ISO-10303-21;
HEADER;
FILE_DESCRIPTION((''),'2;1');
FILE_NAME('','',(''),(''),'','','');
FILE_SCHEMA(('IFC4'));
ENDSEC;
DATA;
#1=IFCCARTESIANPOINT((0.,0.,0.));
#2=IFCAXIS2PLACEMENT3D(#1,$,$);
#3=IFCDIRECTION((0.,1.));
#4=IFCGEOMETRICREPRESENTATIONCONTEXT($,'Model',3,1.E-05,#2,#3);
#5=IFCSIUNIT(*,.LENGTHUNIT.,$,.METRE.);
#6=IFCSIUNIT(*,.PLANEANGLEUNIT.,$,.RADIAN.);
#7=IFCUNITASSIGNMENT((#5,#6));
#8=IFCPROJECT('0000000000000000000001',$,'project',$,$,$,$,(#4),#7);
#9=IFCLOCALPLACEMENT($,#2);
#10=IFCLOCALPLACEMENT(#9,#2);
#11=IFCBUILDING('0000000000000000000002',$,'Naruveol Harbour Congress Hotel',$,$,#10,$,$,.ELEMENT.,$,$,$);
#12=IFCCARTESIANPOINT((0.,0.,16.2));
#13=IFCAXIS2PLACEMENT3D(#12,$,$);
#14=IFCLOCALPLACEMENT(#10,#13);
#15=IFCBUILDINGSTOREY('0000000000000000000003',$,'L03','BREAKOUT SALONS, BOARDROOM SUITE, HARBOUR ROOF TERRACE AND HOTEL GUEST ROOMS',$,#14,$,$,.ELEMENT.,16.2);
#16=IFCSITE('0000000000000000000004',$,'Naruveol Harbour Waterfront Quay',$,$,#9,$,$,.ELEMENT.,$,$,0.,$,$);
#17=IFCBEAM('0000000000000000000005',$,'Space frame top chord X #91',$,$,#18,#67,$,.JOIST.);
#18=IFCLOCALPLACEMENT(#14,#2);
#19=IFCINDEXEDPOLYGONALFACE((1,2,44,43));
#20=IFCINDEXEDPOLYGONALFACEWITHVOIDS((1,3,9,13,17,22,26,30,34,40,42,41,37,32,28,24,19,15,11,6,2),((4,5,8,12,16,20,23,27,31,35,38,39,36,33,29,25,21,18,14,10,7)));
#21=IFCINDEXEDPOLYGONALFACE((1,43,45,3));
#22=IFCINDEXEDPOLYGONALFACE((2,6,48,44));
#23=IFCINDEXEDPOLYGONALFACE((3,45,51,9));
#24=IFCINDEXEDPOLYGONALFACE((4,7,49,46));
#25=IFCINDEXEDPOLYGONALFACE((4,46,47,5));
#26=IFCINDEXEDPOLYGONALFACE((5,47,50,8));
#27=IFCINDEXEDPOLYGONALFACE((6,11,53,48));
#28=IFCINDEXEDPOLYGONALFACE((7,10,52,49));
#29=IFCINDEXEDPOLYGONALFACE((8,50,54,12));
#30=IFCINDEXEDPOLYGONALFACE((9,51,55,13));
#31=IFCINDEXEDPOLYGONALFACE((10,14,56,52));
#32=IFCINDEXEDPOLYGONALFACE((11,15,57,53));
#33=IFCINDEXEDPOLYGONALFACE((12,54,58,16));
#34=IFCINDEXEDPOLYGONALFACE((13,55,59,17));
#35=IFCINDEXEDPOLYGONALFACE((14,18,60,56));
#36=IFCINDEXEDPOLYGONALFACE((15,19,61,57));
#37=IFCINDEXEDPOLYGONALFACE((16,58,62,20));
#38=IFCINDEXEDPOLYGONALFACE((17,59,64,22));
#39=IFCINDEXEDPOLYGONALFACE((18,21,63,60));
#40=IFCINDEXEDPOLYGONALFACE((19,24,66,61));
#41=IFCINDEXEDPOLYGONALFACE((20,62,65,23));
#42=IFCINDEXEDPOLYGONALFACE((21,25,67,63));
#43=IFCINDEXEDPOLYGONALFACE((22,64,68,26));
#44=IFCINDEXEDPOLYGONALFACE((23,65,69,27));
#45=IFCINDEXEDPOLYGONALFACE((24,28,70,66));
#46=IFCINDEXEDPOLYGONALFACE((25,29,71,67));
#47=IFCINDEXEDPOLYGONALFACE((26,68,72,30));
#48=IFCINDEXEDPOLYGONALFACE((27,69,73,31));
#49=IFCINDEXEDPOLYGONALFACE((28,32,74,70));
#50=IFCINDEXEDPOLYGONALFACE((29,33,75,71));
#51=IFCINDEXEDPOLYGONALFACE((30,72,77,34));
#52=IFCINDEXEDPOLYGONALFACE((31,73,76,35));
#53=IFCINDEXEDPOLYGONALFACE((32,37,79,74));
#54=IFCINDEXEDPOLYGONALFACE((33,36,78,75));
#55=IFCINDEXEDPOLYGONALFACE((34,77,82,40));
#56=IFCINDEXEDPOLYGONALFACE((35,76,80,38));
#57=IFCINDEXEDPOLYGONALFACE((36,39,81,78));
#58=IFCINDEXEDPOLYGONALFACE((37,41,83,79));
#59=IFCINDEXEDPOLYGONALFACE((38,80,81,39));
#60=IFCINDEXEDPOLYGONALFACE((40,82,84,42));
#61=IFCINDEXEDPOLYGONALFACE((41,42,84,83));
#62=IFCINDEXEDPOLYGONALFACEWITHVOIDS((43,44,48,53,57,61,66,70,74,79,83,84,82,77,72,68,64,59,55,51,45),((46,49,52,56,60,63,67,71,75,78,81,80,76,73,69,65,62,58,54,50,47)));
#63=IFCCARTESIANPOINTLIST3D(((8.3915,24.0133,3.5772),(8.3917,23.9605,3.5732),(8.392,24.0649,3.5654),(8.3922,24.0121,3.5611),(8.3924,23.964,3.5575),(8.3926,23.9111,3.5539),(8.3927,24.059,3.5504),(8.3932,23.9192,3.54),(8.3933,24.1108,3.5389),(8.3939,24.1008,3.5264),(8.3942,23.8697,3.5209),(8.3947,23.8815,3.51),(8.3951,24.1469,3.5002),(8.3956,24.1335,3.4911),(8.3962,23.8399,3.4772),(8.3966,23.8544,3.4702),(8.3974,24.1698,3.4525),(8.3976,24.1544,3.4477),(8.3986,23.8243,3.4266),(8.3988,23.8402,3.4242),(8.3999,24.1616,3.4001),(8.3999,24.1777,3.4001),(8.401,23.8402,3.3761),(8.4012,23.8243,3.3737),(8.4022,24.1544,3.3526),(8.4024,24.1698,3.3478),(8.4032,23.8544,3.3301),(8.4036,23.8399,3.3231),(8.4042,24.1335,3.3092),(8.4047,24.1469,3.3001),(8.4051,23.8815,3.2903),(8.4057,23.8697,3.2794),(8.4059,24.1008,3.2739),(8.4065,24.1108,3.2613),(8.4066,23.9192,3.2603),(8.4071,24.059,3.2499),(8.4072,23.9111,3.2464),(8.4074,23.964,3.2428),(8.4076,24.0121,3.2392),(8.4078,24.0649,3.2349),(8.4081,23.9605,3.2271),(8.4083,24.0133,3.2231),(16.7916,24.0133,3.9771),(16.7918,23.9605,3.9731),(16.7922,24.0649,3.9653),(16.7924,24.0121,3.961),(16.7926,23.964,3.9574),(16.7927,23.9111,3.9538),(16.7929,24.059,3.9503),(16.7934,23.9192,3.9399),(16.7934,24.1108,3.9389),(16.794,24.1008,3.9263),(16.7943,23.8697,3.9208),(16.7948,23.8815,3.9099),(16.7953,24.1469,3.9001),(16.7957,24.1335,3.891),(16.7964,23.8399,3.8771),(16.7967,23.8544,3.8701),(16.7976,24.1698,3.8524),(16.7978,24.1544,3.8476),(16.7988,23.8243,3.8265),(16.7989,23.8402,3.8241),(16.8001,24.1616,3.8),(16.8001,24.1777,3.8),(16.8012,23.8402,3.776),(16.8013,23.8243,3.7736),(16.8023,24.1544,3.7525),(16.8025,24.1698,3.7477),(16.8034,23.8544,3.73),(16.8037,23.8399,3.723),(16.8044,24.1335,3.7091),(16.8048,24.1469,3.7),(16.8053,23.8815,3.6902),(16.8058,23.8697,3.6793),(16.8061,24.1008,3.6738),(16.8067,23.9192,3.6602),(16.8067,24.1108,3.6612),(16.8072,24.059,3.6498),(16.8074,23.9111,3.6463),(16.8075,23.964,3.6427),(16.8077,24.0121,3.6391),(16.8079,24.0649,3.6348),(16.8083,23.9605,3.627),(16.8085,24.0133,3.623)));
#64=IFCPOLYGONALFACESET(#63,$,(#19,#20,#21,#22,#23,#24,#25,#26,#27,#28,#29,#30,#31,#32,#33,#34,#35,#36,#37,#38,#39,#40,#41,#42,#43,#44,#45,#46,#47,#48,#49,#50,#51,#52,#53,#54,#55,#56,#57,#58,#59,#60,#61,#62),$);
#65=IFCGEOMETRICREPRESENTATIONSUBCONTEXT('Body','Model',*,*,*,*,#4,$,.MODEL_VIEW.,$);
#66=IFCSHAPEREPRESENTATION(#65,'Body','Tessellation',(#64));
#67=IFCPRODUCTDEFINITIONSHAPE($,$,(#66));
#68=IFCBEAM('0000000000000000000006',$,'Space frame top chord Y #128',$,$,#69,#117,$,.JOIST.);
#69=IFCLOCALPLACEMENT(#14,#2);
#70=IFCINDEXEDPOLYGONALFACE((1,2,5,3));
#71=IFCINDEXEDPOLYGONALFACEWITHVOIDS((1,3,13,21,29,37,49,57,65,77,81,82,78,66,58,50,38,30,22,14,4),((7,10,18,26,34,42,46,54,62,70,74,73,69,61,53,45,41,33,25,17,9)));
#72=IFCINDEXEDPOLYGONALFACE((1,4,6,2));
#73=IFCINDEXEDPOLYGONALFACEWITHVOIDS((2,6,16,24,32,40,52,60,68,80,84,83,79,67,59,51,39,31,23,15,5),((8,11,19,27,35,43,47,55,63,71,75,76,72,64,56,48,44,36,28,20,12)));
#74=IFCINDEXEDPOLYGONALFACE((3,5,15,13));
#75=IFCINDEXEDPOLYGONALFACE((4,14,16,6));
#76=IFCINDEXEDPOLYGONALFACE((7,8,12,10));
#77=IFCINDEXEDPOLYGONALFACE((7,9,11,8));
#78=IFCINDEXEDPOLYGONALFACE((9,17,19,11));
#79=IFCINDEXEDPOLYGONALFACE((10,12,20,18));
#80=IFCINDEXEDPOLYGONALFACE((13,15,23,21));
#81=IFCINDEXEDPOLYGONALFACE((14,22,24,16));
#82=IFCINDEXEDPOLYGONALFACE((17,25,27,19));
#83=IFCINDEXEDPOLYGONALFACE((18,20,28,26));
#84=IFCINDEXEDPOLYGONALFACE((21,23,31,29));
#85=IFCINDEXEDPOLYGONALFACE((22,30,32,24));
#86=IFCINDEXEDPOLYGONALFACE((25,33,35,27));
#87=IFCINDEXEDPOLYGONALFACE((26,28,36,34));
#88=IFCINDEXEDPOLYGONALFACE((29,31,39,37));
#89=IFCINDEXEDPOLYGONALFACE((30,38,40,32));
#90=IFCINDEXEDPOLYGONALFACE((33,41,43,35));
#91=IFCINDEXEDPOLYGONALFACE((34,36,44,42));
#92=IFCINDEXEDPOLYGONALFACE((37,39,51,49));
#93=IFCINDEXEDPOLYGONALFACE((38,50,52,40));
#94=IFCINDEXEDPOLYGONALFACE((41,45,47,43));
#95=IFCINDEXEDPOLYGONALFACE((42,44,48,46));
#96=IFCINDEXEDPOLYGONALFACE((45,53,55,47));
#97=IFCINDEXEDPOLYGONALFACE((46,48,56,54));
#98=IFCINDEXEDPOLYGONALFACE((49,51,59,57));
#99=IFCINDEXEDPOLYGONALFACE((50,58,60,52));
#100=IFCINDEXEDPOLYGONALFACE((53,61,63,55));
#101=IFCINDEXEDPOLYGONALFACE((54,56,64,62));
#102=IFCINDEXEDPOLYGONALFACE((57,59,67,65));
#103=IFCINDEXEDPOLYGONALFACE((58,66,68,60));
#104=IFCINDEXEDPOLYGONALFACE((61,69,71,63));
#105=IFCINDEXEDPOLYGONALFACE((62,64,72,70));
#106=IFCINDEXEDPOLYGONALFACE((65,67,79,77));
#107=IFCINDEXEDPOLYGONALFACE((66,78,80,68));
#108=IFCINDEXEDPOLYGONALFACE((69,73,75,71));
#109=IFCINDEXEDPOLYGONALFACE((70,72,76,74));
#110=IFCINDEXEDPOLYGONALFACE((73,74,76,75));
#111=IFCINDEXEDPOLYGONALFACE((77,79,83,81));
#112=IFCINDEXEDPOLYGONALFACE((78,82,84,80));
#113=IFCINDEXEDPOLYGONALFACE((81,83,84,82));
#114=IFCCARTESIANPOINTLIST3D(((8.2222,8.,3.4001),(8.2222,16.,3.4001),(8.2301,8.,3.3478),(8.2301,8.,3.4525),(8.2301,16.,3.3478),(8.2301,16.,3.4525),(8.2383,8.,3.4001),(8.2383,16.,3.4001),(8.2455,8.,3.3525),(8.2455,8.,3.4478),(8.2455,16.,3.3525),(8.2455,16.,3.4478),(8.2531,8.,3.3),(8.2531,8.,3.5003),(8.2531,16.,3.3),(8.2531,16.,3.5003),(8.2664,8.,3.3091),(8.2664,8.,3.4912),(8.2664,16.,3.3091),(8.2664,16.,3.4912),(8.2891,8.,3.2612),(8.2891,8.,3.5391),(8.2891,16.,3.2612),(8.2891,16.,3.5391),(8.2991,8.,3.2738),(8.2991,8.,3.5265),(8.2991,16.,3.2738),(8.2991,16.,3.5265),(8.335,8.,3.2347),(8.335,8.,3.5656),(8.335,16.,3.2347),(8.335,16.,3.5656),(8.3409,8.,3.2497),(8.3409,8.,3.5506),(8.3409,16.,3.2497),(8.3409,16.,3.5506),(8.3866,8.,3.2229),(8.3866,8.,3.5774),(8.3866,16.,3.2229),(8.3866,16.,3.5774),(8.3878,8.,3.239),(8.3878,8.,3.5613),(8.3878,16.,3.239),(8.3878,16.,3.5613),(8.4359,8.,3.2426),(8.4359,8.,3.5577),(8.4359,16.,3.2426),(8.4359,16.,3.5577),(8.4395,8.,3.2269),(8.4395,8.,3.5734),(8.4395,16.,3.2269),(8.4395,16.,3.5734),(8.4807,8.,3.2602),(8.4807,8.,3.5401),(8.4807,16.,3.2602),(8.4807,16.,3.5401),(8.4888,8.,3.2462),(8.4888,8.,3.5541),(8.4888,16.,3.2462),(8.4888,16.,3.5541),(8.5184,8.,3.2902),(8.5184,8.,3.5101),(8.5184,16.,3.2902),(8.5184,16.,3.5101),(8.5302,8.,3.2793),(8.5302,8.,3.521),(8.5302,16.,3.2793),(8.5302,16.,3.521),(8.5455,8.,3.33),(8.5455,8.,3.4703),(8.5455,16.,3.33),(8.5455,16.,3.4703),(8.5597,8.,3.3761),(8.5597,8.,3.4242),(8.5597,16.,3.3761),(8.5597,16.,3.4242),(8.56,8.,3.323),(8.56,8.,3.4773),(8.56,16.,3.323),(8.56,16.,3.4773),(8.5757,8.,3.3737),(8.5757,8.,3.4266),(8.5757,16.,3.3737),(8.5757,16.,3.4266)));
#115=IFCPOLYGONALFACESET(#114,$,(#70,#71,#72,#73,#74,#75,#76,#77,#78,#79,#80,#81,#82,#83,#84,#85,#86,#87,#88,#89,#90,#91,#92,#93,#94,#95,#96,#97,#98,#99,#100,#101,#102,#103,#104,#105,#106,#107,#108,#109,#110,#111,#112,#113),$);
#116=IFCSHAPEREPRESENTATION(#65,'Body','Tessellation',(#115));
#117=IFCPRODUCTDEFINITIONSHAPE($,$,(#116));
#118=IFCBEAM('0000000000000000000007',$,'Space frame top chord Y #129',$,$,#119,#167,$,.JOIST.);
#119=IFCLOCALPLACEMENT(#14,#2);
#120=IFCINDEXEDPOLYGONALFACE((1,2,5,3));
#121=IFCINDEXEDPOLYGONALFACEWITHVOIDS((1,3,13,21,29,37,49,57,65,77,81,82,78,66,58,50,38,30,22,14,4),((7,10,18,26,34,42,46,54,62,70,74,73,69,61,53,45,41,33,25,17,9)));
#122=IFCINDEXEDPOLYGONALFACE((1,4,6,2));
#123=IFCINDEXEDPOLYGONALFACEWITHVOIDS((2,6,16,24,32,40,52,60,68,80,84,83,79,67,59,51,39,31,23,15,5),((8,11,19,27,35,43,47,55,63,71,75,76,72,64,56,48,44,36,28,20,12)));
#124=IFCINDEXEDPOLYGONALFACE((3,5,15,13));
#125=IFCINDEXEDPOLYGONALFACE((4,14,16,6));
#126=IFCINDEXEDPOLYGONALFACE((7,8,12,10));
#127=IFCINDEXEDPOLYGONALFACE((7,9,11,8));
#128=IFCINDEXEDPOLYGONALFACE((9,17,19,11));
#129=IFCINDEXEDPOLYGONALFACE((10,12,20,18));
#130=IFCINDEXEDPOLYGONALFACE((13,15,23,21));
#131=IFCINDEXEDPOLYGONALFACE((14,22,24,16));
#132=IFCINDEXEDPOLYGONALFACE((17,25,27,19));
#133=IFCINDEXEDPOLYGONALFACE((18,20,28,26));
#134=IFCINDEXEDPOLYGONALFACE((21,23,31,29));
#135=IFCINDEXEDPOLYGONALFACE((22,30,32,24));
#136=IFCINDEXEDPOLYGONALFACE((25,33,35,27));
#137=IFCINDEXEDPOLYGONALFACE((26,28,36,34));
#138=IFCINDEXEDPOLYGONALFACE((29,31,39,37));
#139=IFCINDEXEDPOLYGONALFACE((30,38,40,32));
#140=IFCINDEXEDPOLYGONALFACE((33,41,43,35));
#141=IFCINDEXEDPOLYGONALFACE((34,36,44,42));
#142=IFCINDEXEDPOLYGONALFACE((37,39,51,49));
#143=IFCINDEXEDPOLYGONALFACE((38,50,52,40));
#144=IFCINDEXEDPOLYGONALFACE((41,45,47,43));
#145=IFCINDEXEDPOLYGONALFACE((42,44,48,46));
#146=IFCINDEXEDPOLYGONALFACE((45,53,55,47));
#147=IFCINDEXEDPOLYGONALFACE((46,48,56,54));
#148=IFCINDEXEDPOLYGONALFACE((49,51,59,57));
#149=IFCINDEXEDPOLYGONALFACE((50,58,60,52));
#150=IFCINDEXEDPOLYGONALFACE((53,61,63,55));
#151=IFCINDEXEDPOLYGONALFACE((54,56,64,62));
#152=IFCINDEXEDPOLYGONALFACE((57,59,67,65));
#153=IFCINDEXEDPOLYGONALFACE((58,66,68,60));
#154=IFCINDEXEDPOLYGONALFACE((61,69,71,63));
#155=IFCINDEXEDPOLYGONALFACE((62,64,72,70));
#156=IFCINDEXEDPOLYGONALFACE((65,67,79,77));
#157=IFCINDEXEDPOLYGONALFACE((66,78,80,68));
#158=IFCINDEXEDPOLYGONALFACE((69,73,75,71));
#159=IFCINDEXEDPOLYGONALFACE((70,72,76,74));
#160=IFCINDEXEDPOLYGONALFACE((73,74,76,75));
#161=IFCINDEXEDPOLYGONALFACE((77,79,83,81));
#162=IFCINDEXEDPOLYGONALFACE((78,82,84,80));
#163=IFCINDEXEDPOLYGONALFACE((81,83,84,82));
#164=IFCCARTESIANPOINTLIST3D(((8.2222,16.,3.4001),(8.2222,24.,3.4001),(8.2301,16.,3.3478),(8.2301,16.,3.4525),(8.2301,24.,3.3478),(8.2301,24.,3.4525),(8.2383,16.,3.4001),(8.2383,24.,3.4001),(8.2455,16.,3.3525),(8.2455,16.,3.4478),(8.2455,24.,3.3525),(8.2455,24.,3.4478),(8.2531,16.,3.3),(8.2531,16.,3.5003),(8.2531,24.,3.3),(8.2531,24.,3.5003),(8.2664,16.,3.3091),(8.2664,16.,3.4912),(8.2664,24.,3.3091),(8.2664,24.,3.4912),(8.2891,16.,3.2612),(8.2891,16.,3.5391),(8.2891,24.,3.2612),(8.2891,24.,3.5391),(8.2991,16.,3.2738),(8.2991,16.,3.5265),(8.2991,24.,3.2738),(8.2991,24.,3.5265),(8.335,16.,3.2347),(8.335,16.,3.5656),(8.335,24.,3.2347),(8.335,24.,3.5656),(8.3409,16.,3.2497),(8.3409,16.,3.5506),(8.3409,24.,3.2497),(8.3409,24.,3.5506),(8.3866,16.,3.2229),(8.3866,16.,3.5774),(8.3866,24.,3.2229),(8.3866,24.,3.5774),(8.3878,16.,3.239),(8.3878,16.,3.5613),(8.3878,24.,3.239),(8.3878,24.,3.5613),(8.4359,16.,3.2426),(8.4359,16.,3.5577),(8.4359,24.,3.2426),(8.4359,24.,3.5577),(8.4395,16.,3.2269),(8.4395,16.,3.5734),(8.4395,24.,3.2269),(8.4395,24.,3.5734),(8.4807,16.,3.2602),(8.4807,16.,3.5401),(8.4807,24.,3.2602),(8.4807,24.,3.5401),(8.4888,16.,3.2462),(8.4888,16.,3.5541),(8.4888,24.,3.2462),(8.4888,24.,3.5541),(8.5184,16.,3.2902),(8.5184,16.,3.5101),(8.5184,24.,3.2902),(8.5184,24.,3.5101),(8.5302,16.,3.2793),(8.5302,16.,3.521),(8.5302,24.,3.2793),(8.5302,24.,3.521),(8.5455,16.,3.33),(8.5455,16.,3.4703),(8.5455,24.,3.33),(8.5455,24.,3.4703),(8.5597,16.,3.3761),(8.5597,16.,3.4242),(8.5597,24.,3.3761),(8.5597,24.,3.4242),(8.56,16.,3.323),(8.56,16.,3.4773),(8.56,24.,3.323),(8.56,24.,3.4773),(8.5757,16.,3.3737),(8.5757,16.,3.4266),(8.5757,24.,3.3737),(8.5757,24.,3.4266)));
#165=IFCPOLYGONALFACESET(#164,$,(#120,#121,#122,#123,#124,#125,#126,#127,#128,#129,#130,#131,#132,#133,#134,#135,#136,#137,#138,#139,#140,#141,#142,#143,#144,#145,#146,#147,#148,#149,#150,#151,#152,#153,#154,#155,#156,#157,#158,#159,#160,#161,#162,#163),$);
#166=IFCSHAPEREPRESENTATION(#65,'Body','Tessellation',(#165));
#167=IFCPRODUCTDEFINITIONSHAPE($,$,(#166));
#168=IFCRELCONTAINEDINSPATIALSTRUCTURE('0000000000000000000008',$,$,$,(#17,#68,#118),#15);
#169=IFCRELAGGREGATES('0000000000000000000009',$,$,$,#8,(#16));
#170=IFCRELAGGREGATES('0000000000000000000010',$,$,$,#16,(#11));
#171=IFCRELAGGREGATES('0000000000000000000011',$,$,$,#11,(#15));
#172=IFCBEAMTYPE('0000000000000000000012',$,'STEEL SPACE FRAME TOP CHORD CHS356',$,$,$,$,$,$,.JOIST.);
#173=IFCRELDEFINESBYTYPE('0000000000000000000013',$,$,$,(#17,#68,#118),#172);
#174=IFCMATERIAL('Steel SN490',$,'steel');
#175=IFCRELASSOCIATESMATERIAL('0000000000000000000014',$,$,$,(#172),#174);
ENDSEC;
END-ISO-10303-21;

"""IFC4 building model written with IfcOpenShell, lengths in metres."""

from ifc_helpers import new_model, si_unit, direction, frame, origin, origin_2d, place, context, subcontext, project, spatial, hollow_circle, extrude, material, material_profile, profile_set, type_object, element, save


model = new_model("IFC4")

# Units and contexts
model_context = context("Model", 3, precision=1e-05, world=origin(), true_north=direction((0.0, 1.0)))
body_context = subcontext(model_context, "Body", "Model", "MODEL_VIEW")
ifc_project = project(units=[si_unit("LENGTHUNIT", "METRE"), si_unit("PLANEANGLEUNIT", "RADIAN")], contexts=[model_context])

# Site, building, storey
site_placement = place(None, origin())
site = spatial("IfcSite", under=ifc_project, at=site_placement, Name="Naruveol Harbour Waterfront Quay", CompositionType="ELEMENT", RefElevation=0.0)
building_placement = place(site_placement, origin())
building = spatial("IfcBuilding", under=site, at=building_placement, Name="Naruveol Harbour Congress Hotel", CompositionType="ELEMENT")
storey_placement = place(building_placement, frame((0.0, 0.0, 16.2)))
storey = spatial("IfcBuildingStorey", under=building, at=storey_placement, Name="L03", Description="BREAKOUT SALONS, BOARDROOM SUITE, HARBOUR ROOF TERRACE AND HOTEL GUEST ROOMS", CompositionType="ELEMENT", Elevation=16.2)

# Beams
ifc_material_1 = material(Name="Steel SN490", Category="steel")
ifc_material_profile_1 = material_profile(ifc_material_1, hollow_circle(Radius=0.1777, WallThickness=0.0161, at=origin_2d()), Name="CHS-355.6x16")
ifc_profile_set_1 = profile_set([ifc_material_profile_1], Name="Steel SN490")
beam_type_1 = type_object("IfcBeamType", Name="STEEL SPACE FRAME TOP CHORD CHS356", PredefinedType="JOIST", material=ifc_profile_set_1)
beam_1_placement = place(storey_placement, frame((8.3999, 24.0, 3.4001), z_axis=(0.998869, 0.0, 0.047553), x_axis=(0.0, 1.0, 0.0)))
element("IfcBeam", 1, at=beam_1_placement, inside=storey, type_object=beam_type_1, Name="Space frame top chord X #91", PredefinedType="JOIST", context=body_context, shape_type="SweptSolid", body=[
    extrude(hollow_circle(Radius=0.1777, WallThickness=0.0161, at=origin_2d()), origin(), (0.0, 0.0, 1.0), 8.4097),
])
for number, where, z_axis, x_axis, name in (
    (2, (8.3999, 8.0, 3.4001), (0.0, 1.0, 0.0), (-1.0, 0.0, 0.0), "Space frame top chord Y #128"),
    (3, (8.3999, 16.0, 3.4001), (0.0, 1.0, 0.0), (-1.0, 0.0, 0.0), "Space frame top chord Y #129"),
):
    element("IfcBeam", number, at=place(storey_placement, frame(where, z_axis=z_axis, x_axis=x_axis)), inside=storey, type_object=beam_type_1, Name=name, PredefinedType="JOIST", context=body_context, shape_type="SweptSolid", body=[
        extrude(hollow_circle(Radius=0.1777, WallThickness=0.0161, at=origin_2d()), origin(), (0.0, 0.0, 1.0), 8.0),
    ])

save(model, "model.ifc")
